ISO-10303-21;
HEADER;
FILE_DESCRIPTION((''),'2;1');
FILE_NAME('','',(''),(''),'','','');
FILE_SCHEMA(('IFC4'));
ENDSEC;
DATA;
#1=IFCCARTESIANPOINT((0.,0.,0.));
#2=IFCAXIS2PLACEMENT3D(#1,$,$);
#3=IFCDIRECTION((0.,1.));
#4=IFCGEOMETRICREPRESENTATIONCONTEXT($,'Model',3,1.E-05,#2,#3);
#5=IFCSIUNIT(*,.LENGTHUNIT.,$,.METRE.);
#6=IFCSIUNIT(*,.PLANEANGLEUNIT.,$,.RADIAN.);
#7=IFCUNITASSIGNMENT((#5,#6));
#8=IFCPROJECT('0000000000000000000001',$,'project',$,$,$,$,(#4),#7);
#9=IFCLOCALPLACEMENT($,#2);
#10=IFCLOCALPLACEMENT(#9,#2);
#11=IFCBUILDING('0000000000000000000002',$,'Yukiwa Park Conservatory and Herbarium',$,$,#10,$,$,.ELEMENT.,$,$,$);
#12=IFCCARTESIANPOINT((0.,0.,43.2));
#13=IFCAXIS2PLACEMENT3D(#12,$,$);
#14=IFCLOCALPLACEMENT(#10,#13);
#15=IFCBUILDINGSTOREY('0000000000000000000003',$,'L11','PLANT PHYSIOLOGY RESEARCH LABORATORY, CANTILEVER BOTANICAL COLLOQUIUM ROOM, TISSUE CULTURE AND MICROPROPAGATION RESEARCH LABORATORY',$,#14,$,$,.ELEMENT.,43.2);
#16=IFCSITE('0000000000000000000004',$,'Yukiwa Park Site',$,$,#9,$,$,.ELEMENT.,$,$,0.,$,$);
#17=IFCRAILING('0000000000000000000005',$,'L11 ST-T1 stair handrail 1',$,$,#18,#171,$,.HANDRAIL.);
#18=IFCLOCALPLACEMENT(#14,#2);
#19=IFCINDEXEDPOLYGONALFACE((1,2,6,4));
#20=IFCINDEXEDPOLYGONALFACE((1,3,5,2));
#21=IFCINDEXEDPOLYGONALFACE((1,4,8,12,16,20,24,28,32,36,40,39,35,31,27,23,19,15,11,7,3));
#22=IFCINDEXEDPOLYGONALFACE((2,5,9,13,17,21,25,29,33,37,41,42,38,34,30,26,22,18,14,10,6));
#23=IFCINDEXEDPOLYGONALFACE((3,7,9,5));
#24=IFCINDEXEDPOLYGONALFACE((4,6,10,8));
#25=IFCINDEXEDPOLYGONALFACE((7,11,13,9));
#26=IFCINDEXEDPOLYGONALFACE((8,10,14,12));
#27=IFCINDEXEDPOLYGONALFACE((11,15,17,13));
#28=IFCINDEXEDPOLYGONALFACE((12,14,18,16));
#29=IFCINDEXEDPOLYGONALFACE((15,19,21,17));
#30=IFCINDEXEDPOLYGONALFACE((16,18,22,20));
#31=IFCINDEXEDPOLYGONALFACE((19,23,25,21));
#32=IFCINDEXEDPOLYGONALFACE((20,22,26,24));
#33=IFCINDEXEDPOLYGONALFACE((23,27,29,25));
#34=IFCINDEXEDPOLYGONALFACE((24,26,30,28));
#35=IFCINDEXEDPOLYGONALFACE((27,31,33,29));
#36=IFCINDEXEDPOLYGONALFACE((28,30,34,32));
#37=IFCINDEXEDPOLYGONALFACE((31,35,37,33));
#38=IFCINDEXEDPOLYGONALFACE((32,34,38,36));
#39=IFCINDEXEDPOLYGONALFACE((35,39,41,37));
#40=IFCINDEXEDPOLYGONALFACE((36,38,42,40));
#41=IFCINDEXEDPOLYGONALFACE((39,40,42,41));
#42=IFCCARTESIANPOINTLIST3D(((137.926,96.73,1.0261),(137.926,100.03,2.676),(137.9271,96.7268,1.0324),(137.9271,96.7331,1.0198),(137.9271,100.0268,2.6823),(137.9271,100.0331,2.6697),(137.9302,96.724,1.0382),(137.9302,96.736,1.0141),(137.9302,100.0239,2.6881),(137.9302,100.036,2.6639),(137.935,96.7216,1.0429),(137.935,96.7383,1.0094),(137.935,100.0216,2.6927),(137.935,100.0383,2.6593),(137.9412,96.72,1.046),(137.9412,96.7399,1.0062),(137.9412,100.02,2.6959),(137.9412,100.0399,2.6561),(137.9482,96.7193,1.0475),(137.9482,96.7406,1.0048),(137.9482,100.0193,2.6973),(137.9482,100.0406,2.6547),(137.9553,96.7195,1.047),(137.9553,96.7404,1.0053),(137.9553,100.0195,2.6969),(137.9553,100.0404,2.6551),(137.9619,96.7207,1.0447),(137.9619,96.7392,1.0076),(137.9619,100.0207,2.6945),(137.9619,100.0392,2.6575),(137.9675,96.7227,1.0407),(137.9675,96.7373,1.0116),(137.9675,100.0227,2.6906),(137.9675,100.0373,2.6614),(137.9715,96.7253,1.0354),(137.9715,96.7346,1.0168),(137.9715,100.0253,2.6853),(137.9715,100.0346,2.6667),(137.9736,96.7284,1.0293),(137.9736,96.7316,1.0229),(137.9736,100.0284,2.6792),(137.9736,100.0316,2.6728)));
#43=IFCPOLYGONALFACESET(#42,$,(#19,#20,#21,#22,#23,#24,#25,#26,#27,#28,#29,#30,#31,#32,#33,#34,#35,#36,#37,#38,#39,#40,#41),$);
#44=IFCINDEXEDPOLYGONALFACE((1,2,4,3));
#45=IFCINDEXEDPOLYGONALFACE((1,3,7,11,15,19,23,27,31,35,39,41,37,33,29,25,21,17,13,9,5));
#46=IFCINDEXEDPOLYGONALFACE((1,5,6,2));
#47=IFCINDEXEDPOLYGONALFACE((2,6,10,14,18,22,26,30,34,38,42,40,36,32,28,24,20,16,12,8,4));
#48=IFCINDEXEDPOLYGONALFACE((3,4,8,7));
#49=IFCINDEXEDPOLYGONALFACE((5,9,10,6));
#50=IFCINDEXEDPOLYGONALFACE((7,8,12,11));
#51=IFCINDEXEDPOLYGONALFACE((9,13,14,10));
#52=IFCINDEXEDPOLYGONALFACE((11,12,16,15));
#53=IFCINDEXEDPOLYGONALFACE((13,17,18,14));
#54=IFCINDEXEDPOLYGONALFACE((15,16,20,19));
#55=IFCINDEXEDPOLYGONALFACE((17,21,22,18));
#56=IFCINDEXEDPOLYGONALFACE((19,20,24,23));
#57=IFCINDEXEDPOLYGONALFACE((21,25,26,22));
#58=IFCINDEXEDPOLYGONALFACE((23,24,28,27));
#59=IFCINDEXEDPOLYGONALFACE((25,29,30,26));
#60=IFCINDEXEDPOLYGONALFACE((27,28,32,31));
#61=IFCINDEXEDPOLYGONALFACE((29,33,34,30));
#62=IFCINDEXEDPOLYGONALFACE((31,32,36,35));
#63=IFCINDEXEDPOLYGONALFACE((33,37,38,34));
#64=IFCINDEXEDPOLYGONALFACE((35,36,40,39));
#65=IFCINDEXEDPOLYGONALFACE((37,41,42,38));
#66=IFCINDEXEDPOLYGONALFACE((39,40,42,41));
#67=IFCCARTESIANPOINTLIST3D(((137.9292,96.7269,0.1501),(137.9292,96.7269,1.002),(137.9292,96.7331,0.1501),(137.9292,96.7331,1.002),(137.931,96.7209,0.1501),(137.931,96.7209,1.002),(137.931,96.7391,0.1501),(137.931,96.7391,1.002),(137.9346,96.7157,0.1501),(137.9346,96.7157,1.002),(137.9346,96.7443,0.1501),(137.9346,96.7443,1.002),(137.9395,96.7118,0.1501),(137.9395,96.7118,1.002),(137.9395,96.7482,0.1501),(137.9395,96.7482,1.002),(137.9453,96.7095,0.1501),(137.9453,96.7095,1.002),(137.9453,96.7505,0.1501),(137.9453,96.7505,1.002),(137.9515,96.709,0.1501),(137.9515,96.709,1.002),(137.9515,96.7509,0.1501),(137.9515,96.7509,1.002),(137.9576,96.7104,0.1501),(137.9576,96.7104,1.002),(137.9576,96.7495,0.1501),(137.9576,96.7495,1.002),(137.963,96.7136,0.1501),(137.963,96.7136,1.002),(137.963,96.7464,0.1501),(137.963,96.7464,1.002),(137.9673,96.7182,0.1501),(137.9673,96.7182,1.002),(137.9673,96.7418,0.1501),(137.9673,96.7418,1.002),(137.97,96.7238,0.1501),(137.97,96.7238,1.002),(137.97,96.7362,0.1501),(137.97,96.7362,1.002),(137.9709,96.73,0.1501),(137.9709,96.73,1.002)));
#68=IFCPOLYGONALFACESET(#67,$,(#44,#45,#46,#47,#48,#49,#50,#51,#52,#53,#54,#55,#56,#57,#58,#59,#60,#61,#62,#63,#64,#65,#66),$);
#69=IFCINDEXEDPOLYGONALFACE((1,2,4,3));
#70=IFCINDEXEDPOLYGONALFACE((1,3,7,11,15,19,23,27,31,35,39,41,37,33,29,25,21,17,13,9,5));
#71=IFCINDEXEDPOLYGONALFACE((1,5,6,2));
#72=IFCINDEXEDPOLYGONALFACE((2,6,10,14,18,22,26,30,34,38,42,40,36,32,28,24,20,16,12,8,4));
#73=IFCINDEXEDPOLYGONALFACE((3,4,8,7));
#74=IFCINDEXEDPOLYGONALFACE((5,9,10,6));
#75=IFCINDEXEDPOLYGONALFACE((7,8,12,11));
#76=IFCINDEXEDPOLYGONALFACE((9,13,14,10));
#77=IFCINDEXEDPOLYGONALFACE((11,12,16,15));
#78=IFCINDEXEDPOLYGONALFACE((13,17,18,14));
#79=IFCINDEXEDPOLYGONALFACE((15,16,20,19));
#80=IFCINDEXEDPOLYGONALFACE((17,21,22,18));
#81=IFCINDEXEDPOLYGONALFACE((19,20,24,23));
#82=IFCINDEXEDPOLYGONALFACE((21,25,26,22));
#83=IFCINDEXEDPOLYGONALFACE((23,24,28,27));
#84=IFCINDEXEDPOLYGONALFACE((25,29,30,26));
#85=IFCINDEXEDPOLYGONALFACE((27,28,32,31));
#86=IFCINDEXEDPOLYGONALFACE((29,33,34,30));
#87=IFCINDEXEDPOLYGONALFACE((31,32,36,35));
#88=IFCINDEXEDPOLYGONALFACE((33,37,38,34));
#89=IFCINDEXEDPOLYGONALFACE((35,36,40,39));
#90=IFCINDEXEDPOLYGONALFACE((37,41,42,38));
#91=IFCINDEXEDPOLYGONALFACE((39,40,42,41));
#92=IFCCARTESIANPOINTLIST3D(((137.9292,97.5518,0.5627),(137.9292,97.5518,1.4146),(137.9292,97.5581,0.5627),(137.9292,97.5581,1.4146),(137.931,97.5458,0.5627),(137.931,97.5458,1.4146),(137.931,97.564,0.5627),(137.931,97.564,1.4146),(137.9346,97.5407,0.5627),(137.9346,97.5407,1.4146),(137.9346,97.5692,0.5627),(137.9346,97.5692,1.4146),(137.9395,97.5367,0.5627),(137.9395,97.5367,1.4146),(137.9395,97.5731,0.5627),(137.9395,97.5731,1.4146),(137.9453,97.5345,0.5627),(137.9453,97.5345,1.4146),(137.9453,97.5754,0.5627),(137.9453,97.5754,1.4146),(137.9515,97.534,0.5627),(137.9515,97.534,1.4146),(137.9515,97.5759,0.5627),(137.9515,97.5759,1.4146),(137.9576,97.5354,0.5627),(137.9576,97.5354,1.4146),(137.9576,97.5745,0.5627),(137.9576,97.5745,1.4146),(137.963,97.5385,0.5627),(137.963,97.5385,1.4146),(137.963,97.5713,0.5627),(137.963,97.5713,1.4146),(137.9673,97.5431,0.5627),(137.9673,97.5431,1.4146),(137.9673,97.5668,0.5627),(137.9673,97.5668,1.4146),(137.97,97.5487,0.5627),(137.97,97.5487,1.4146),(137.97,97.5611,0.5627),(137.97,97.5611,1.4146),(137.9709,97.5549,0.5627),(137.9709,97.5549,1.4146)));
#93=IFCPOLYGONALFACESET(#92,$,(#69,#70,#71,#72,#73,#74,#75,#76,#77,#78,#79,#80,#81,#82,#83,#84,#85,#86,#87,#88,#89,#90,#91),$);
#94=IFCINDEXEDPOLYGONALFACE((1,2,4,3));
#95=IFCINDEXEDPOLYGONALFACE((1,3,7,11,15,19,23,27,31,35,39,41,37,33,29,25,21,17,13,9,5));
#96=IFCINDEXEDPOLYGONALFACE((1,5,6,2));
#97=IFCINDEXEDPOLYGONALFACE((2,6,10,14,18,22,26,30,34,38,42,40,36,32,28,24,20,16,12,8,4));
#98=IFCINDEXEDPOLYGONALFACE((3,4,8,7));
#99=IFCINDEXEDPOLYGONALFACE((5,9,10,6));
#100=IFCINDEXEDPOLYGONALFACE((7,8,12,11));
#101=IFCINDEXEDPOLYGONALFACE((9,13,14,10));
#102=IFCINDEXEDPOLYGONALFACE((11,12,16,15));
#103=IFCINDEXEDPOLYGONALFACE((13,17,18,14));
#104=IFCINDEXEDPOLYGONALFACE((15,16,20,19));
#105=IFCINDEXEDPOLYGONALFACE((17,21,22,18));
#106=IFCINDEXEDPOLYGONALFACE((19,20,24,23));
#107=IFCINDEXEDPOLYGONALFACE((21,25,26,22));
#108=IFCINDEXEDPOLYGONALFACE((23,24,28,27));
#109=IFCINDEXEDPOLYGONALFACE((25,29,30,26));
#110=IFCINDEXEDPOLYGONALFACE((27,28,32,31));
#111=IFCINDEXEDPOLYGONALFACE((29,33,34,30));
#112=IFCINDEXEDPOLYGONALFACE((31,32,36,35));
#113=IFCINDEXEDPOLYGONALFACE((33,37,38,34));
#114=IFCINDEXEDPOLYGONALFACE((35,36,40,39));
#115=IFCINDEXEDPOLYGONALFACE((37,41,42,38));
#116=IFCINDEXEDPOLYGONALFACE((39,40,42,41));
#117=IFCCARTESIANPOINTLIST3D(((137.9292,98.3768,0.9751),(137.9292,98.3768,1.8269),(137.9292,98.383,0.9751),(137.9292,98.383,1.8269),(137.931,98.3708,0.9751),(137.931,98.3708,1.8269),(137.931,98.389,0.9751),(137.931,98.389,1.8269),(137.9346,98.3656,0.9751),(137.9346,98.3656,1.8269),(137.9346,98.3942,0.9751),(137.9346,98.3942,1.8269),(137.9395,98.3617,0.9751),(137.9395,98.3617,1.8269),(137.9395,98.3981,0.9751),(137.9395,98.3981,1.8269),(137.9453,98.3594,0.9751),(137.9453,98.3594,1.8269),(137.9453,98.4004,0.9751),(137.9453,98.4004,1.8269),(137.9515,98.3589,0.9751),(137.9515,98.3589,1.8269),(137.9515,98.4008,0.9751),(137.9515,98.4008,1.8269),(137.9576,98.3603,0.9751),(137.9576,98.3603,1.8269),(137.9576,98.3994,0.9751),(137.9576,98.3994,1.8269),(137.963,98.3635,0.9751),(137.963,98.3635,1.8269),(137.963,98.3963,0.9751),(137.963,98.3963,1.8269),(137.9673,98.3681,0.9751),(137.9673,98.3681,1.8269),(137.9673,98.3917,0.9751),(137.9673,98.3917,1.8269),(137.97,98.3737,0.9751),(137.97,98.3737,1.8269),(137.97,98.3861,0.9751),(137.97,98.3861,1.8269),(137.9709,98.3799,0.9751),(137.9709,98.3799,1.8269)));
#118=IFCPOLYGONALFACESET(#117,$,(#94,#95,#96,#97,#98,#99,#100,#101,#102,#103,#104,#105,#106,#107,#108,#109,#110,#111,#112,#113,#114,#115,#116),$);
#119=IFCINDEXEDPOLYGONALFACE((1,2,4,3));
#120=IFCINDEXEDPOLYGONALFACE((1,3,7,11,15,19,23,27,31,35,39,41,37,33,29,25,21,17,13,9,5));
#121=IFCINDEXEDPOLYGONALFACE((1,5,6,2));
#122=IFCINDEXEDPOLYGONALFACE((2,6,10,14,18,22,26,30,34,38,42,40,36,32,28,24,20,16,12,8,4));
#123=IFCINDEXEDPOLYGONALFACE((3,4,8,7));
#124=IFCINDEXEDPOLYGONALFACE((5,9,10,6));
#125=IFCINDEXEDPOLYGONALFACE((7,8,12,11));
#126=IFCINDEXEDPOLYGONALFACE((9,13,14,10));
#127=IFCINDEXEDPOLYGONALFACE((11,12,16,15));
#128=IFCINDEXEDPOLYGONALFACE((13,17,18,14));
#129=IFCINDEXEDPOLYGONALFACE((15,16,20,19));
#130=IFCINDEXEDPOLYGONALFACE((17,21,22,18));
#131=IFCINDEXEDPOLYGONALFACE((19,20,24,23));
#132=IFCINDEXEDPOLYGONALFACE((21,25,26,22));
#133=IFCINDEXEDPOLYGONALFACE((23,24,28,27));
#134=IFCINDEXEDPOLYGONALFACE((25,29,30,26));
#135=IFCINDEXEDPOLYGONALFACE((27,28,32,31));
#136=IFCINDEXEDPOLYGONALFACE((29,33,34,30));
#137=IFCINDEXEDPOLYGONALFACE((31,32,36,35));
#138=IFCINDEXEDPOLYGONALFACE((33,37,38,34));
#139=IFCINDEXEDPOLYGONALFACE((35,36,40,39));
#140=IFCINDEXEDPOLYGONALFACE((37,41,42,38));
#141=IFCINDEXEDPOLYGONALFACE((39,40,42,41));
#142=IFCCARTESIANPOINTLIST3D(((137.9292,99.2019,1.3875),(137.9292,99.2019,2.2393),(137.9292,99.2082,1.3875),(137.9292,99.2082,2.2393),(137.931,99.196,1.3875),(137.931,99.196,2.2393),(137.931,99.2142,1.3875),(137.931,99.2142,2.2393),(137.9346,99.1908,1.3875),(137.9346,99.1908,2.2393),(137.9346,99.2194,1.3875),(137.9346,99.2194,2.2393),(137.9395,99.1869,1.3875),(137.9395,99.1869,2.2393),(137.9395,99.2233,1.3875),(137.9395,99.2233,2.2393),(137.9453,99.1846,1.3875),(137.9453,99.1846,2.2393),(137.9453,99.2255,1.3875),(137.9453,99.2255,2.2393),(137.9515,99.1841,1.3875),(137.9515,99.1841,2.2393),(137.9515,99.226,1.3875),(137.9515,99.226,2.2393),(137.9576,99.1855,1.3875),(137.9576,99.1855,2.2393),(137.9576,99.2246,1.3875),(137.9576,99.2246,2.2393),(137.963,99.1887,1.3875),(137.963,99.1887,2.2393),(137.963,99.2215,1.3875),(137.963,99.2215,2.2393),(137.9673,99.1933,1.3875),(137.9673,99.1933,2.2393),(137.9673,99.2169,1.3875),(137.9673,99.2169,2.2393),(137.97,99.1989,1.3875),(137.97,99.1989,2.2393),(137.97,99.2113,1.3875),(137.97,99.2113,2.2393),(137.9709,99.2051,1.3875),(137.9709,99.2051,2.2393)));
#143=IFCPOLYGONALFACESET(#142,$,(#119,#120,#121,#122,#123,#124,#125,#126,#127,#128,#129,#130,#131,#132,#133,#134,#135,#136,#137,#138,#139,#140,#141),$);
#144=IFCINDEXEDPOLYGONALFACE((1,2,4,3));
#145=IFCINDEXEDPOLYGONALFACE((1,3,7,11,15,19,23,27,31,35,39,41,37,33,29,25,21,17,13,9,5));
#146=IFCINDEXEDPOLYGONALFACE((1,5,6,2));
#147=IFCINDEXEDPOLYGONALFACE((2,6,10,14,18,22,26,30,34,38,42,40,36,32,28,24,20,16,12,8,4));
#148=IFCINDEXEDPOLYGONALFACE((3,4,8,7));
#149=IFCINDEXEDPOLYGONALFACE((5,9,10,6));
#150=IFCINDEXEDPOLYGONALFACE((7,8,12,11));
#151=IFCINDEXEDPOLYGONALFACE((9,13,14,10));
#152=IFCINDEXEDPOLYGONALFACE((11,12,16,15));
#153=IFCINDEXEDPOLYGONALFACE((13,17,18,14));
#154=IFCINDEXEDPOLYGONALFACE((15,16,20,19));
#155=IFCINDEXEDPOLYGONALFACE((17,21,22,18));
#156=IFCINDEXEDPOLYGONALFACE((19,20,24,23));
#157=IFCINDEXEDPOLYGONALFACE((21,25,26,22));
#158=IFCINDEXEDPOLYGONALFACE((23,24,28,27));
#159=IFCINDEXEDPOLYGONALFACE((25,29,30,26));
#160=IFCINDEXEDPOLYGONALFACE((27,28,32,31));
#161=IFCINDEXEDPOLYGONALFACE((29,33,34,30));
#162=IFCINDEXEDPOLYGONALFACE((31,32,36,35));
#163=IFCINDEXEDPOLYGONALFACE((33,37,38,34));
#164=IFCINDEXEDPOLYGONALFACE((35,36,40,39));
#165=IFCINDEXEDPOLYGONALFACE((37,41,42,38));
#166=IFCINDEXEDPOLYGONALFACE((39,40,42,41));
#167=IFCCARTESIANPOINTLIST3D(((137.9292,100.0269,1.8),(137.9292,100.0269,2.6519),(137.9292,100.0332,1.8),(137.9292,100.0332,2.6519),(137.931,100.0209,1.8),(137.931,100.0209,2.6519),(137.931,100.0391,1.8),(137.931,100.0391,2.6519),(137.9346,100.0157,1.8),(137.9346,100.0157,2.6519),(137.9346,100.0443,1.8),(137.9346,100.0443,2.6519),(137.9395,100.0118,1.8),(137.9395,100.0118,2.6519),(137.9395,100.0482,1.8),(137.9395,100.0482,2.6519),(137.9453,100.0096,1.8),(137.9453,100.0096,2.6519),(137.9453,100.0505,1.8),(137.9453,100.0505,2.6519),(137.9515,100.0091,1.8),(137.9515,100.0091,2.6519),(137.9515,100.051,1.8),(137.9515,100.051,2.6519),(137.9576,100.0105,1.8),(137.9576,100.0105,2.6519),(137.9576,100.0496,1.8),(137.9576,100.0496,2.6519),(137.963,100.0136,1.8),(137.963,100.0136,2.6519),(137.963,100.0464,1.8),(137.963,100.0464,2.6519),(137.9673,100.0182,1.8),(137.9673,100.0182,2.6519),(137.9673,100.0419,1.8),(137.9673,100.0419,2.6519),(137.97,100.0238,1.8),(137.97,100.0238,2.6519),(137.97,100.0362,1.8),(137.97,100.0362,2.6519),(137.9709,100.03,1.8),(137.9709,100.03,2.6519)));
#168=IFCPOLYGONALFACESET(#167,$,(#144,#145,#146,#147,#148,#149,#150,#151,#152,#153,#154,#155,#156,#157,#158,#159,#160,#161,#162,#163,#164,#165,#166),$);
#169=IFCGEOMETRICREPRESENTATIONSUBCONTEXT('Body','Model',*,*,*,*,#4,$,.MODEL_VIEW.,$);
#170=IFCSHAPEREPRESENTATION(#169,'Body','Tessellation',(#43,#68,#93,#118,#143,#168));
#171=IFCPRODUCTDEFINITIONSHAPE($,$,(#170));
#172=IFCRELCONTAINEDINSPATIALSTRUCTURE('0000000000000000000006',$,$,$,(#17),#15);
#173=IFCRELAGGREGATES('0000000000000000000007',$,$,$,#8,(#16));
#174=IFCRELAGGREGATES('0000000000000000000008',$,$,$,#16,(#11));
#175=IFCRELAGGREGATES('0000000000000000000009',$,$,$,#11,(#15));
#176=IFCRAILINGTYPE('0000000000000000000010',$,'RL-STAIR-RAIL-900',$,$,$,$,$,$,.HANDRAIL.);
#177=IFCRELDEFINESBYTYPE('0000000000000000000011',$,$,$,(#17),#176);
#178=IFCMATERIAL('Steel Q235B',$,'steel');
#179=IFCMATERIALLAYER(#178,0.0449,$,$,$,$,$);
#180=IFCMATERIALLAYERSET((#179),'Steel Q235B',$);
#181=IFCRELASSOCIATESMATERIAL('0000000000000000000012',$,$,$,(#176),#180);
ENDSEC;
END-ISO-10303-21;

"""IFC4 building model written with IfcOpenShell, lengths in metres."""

from ifc_helpers import new_model, si_unit, direction, frame, origin, origin_2d, place, context, subcontext, project, spatial, circle, extrude, material, layer, layer_set, type_object, element, save


model = new_model("IFC4")

# Units and contexts
model_context = context("Model", 3, precision=1e-05, world=origin(), true_north=direction((0.0, 1.0)))
body_context = subcontext(model_context, "Body", "Model", "MODEL_VIEW")
ifc_project = project(units=[si_unit("LENGTHUNIT", "METRE"), si_unit("PLANEANGLEUNIT", "RADIAN")], contexts=[model_context])

# Site, building, storey
site_placement = place(None, origin())
site = spatial("IfcSite", under=ifc_project, at=site_placement, Name="Yukiwa Park Site", CompositionType="ELEMENT", RefElevation=0.0)
building_placement = place(site_placement, origin())
building = spatial("IfcBuilding", under=site, at=building_placement, Name="Yukiwa Park Conservatory and Herbarium", CompositionType="ELEMENT")
storey_placement = place(building_placement, frame((0.0, 0.0, 43.2)))
storey = spatial("IfcBuildingStorey", under=building, at=storey_placement, Name="L11", Description="PLANT PHYSIOLOGY RESEARCH LABORATORY, CANTILEVER BOTANICAL COLLOQUIUM ROOM, TISSUE CULTURE AND MICROPROPAGATION RESEARCH LABORATORY", CompositionType="ELEMENT", Elevation=43.2)

# Railing
ifc_material_1 = material(Name="Steel Q235B", Category="steel")
ifc_layer_1 = layer(ifc_material_1, 0.0449)
ifc_layer_set_1 = layer_set([ifc_layer_1], Name="Steel Q235B")
railing_type_1 = type_object("IfcRailingType", Name="RL-STAIR-RAIL-900", PredefinedType="HANDRAIL", material=ifc_layer_set_1)
railing_1_placement = place(storey_placement, frame((137.95, 96.73, 0.1501)))
element("IfcRailing", 1, at=railing_1_placement, inside=storey, type_object=railing_type_1, Name="L11 ST-T1 stair handrail 1", PredefinedType="HANDRAIL", context=body_context, shape_type="SweptSolid", body=[
    extrude(circle(Radius=0.0239, at=origin_2d()), frame((0.0, 0.0, 0.876), z_axis=(0.0, 0.89444, 0.447187), x_axis=(-1.0, 0.0, 0.0)), (0.0, 0.0, 1.0), 3.6895),
    extrude(circle(Radius=0.021, at=origin_2d()), origin(), (0.0, 0.0, 1.0), 0.8518),
    extrude(circle(Radius=0.021, at=origin_2d()), frame((0.0, 0.825, 0.4126)), (0.0, 0.0, 1.0), 0.8518),
    extrude(circle(Radius=0.021, at=origin_2d()), frame((0.0, 1.6499, 0.825)), (0.0, 0.0, 1.0), 0.8518),
    extrude(circle(Radius=0.021, at=origin_2d()), frame((0.0, 2.4751, 1.2373)), (0.0, 0.0, 1.0), 0.8518),
    extrude(circle(Radius=0.021, at=origin_2d()), frame((0.0, 3.3, 1.6499)), (0.0, 0.0, 1.0), 0.8518),
])

save(model, "model.ifc")
